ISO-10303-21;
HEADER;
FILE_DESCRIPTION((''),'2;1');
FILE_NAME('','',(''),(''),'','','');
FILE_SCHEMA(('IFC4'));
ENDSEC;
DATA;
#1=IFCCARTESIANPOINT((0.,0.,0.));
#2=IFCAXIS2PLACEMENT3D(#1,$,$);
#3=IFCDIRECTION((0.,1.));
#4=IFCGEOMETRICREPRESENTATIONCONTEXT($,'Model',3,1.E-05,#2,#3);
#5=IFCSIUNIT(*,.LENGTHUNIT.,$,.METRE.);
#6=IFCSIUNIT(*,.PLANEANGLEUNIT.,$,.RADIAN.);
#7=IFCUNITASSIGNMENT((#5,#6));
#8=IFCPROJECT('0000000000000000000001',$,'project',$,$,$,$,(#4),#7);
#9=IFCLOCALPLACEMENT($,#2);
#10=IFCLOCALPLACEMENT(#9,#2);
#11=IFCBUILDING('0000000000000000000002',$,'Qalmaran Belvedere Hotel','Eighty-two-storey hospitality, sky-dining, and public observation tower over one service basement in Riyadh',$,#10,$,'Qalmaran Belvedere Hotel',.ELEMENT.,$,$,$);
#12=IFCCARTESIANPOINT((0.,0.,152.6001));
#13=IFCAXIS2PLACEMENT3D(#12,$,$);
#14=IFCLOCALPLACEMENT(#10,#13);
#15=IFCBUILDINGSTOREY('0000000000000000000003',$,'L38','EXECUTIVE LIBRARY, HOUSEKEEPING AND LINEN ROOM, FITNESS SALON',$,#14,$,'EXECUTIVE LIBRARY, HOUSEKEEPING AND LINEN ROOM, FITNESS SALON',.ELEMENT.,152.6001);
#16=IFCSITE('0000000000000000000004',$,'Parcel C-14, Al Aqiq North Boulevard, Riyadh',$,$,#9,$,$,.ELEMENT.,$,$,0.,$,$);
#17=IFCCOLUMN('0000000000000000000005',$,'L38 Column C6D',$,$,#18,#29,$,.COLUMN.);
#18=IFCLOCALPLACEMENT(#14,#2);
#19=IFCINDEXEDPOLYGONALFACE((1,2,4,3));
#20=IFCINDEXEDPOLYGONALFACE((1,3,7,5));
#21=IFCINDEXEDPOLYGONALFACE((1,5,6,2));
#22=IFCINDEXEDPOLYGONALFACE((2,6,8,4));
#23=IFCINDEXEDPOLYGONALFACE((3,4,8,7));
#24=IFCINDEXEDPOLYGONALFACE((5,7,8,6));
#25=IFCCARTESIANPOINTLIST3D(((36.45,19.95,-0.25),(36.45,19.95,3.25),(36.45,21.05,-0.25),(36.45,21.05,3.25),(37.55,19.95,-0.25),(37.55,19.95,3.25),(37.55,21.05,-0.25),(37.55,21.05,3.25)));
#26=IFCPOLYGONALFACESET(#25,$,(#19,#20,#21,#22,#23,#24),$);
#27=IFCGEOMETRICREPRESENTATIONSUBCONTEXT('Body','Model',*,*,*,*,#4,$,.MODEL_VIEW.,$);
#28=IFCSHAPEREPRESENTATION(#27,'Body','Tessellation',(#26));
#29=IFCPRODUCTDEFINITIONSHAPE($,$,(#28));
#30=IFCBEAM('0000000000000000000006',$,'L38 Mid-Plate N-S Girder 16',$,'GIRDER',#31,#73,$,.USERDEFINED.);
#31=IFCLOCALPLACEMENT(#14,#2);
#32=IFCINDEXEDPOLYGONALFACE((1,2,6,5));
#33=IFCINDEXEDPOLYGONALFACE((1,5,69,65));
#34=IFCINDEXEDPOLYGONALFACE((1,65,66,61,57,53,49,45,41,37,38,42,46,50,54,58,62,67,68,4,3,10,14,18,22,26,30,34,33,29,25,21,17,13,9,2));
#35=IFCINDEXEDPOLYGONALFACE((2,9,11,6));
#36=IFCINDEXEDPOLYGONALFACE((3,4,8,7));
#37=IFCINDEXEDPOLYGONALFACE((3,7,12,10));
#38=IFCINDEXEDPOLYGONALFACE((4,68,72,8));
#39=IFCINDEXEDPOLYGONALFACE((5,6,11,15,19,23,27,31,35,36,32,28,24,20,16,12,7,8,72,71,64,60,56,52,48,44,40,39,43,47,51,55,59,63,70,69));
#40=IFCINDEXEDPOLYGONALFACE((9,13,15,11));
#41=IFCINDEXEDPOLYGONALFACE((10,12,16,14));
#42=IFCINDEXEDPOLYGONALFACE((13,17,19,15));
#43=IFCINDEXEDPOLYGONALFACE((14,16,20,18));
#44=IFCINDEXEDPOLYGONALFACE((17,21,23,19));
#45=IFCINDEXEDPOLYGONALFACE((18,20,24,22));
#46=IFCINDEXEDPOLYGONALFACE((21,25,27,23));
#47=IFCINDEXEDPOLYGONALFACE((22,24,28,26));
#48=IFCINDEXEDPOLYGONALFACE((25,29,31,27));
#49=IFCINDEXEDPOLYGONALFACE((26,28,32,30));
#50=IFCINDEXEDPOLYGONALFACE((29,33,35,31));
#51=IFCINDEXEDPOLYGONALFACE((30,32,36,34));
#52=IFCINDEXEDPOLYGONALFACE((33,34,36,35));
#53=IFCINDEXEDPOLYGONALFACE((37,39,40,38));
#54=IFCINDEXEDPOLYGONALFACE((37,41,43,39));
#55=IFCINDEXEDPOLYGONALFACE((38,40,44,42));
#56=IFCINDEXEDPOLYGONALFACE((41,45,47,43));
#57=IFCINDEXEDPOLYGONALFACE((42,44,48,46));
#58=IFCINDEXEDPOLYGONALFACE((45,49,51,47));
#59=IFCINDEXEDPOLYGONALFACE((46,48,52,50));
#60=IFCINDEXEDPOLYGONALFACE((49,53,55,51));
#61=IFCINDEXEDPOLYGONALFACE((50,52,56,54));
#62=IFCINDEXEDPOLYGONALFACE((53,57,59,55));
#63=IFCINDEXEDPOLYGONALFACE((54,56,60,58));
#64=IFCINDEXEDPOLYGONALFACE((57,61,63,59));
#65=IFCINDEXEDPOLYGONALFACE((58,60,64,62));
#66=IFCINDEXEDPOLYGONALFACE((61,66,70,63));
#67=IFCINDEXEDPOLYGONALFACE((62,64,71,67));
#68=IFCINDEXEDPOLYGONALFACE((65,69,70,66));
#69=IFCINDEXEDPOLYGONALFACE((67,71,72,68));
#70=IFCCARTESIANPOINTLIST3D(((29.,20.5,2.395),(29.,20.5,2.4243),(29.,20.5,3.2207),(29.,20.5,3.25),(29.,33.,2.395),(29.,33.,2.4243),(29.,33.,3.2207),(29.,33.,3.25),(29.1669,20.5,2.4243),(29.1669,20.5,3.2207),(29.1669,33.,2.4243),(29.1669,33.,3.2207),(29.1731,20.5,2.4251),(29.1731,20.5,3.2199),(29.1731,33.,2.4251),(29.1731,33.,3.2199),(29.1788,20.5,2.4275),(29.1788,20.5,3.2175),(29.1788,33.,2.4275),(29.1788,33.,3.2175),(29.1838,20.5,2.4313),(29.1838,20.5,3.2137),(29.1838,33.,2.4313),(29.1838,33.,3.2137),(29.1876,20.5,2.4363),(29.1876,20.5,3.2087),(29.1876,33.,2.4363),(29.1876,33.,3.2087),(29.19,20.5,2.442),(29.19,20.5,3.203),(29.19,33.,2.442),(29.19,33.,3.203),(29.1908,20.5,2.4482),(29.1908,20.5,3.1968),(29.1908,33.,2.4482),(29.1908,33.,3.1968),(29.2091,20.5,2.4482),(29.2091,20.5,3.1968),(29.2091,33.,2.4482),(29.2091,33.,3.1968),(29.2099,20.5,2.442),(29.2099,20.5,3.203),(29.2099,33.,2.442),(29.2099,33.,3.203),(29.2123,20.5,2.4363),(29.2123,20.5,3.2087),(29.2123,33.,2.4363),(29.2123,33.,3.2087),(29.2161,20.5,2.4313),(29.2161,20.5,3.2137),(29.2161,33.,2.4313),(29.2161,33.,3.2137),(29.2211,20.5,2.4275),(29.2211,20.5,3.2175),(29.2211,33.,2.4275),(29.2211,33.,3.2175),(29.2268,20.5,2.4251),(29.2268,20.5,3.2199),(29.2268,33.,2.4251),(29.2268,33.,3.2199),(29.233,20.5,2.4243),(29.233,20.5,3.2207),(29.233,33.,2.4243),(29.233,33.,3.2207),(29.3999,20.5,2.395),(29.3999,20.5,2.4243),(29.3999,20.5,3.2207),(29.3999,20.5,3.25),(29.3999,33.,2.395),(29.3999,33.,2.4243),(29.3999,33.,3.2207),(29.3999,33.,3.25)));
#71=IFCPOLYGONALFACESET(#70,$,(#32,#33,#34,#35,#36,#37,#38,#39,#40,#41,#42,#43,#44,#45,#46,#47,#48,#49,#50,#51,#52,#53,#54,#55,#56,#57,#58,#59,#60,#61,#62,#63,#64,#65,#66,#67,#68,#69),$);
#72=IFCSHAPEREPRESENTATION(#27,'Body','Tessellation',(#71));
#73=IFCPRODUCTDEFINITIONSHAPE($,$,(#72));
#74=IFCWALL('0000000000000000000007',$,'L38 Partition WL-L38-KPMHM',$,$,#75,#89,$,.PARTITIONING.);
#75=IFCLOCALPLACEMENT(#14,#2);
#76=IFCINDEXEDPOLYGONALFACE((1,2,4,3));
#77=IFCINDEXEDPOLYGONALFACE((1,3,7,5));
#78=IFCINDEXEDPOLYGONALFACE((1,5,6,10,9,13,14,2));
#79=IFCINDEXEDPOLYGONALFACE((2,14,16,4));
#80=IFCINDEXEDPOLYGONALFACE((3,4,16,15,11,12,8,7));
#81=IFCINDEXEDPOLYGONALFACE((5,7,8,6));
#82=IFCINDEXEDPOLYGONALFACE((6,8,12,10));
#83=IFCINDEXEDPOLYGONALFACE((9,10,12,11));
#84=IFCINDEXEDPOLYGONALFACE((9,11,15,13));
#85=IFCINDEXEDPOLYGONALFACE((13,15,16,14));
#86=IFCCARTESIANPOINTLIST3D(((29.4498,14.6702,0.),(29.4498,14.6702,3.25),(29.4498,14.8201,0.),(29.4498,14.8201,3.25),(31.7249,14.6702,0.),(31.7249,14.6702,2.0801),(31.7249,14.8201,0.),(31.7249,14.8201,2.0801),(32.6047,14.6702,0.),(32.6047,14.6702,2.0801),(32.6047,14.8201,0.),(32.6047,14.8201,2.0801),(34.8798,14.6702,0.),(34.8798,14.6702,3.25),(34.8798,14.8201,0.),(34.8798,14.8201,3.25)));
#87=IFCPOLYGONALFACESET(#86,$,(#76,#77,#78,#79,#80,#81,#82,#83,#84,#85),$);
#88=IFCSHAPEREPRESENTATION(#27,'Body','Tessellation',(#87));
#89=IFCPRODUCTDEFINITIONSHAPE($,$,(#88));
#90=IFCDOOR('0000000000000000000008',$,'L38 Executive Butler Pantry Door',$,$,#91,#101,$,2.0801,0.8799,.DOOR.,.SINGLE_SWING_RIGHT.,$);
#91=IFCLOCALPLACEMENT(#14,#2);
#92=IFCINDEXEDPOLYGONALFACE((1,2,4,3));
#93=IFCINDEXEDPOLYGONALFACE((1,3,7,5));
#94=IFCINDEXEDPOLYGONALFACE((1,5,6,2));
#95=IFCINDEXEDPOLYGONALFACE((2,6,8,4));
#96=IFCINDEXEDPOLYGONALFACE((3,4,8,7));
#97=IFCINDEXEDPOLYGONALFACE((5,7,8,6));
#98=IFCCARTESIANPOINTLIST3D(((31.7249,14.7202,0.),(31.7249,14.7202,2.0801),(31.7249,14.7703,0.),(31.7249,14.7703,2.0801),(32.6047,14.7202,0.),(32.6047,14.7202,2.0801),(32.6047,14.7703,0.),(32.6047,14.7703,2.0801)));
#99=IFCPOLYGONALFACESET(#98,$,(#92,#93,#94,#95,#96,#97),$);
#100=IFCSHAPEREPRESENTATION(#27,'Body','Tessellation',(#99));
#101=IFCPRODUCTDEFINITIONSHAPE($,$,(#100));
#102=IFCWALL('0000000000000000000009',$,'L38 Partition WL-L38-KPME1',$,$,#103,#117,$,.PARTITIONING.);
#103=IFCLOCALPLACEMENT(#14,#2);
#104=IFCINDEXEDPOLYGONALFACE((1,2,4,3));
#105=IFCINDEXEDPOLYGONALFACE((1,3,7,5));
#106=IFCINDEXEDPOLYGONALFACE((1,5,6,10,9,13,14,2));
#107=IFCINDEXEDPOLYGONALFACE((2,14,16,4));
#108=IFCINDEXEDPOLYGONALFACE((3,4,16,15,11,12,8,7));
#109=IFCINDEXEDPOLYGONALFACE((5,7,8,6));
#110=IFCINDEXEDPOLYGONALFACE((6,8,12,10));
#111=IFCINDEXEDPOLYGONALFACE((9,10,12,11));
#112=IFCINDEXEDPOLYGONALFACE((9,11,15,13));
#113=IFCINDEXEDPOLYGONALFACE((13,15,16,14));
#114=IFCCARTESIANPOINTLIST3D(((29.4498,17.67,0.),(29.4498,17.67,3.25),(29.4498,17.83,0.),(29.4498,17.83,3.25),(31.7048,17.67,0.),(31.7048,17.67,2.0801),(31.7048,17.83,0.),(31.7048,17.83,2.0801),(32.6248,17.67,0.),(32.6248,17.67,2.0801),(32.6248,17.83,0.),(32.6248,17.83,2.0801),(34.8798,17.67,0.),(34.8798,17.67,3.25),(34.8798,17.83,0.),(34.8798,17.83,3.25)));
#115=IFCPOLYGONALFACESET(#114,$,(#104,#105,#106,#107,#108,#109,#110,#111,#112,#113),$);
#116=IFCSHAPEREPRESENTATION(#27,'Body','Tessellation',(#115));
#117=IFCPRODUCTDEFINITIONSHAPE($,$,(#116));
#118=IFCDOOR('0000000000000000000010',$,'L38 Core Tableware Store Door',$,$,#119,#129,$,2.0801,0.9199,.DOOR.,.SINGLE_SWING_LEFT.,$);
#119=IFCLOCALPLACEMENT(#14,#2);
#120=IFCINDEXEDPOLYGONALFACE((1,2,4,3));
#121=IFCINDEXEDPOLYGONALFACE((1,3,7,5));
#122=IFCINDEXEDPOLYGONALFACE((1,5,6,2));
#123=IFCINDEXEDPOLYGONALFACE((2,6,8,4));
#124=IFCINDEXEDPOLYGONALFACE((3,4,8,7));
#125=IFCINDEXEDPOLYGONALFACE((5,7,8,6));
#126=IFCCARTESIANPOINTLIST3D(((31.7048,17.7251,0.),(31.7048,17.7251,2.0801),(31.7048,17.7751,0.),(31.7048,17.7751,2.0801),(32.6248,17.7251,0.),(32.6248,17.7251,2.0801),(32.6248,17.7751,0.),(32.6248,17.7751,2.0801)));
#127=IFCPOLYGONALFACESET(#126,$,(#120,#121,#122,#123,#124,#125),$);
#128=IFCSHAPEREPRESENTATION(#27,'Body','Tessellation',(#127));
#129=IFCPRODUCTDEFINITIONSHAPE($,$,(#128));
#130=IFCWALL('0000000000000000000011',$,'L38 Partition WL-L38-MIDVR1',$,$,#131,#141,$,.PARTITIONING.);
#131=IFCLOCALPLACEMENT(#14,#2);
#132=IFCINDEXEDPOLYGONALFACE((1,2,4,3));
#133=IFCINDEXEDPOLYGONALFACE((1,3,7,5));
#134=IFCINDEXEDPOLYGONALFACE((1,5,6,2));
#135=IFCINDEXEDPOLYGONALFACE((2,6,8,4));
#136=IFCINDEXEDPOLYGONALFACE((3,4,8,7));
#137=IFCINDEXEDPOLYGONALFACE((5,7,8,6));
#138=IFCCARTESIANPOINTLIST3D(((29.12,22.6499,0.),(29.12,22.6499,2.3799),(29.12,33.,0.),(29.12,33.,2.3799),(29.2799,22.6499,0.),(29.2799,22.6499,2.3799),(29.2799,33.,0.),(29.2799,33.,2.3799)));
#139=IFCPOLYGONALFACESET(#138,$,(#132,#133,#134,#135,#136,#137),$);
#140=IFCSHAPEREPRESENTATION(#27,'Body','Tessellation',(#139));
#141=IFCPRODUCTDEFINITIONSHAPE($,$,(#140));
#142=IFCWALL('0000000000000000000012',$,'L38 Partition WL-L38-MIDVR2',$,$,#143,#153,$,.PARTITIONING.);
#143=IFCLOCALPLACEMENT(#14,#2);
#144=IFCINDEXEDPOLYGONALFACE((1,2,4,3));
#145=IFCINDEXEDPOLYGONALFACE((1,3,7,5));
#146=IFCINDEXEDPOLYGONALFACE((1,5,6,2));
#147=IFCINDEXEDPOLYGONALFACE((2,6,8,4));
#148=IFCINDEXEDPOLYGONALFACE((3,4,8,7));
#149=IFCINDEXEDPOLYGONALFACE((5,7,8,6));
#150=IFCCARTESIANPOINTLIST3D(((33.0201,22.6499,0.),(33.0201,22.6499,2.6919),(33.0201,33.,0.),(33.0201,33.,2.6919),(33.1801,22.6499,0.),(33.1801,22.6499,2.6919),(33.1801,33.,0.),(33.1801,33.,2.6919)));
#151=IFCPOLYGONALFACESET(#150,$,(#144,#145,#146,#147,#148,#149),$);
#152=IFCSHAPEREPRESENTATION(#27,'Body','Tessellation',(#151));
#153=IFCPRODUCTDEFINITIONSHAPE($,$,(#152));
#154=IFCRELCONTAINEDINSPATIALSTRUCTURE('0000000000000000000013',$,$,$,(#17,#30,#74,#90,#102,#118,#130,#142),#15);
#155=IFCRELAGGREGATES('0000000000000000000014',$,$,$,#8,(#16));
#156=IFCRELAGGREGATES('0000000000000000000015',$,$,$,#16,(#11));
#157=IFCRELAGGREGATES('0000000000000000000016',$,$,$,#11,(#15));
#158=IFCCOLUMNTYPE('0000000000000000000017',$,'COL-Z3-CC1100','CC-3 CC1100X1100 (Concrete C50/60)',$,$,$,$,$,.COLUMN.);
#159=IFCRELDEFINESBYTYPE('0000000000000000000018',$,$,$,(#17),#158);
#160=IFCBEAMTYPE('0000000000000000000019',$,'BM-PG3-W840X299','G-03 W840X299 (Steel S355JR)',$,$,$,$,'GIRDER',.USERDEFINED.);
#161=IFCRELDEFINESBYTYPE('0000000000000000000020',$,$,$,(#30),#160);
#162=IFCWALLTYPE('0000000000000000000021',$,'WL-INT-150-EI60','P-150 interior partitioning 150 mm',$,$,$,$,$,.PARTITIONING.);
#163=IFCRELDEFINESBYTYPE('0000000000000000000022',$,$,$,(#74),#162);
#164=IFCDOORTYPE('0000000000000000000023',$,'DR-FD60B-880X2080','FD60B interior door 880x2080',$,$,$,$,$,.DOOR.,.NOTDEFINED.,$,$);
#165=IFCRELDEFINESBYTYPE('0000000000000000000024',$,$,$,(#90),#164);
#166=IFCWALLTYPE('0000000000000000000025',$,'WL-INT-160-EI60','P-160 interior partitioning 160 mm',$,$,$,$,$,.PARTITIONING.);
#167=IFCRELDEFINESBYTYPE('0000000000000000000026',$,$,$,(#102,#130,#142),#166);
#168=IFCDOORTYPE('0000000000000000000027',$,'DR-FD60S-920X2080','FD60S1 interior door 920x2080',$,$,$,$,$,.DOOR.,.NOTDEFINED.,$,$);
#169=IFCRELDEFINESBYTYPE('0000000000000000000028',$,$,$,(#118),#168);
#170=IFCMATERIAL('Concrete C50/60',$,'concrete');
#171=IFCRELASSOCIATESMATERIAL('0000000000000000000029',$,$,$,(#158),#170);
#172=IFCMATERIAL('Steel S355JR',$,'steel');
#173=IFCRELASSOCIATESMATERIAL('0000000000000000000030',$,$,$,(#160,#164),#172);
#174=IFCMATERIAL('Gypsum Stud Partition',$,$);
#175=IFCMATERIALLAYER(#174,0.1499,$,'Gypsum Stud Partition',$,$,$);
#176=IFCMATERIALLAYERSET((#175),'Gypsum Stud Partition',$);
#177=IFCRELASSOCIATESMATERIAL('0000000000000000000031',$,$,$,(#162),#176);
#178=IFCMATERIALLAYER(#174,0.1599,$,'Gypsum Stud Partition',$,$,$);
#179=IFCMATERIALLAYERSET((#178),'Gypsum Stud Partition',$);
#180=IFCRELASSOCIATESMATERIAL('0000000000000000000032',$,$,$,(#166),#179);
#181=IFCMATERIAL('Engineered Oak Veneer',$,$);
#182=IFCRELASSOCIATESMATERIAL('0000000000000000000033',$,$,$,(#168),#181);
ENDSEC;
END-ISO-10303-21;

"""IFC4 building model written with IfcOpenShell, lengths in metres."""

from ifc_helpers import new_model, si_unit, direction, frame, frame_2d, origin, origin_2d, place, context, subcontext, project, spatial, rectangle, i_section, extrude, material, layer, layer_set, material_profile, profile_set, type_object, element, fill, save


model = new_model("IFC4")

# Units and contexts
model_context = context("Model", 3, precision=1e-05, world=origin(), true_north=direction((0.0, 1.0)))
body_context = subcontext(model_context, "Body", "Model", "MODEL_VIEW")
ifc_project = project(units=[si_unit("LENGTHUNIT", "METRE"), si_unit("PLANEANGLEUNIT", "RADIAN")], contexts=[model_context])

# Site, building, storey
site_placement = place(None, origin())
site = spatial("IfcSite", under=ifc_project, at=site_placement, Name="Parcel C-14, Al Aqiq North Boulevard, Riyadh", CompositionType="ELEMENT", RefElevation=0.0)
building_placement = place(site_placement, origin())
building = spatial("IfcBuilding", under=site, at=building_placement, Name="Qalmaran Belvedere Hotel", Description="Eighty-two-storey hospitality, sky-dining, and public observation tower over one service basement in Riyadh", LongName="Qalmaran Belvedere Hotel", CompositionType="ELEMENT")
storey_placement = place(building_placement, frame((0.0, 0.0, 152.6001)))
storey = spatial("IfcBuildingStorey", under=building, at=storey_placement, Name="L38", Description="EXECUTIVE LIBRARY, HOUSEKEEPING AND LINEN ROOM, FITNESS SALON", LongName="EXECUTIVE LIBRARY, HOUSEKEEPING AND LINEN ROOM, FITNESS SALON", CompositionType="ELEMENT", Elevation=152.6001)

# Column
ifc_material_1 = material(Name="Concrete C50/60", Category="concrete")
ifc_material_profile_1 = material_profile(ifc_material_1, rectangle(XDim=1.1001, YDim=1.1001, at=origin_2d()), Name="CC1100X1100")
ifc_profile_set_1 = profile_set([ifc_material_profile_1], Name="Concrete C50/60")
column_type = type_object("IfcColumnType", Name="COL-Z3-CC1100", Description="CC-3 CC1100X1100 (Concrete C50/60)", PredefinedType="COLUMN", material=ifc_profile_set_1)
column_placement = place(storey_placement, frame((37.0, 20.5, -0.25), z_axis=(0.0, 0.0, 1.0), x_axis=(1.0, 0.0, 0.0)))
element("IfcColumn", 1, at=column_placement, inside=storey, type_object=column_type, Name="L38 Column C6D", PredefinedType="COLUMN", context=body_context, shape_type="SweptSolid", body=[
    extrude(rectangle(XDim=1.1001, YDim=1.1001, at=origin_2d()), origin(), (0.0, 0.0, 1.0), 3.5),
])

# Beam
ifc_material_2 = material(Name="Steel S355JR", Category="steel")
ifc_material_profile_2 = material_profile(ifc_material_2, i_section(OverallWidth=0.3999, OverallDepth=0.855, WebThickness=0.0183, FlangeThickness=0.0293, FilletRadius=0.0239, at=origin_2d()), Name="W840X299")
ifc_profile_set_2 = profile_set([ifc_material_profile_2], Name="Steel S355JR")
beam_type = type_object("IfcBeamType", Name="BM-PG3-W840X299", Description="G-03 W840X299 (Steel S355JR)", ElementType="GIRDER", PredefinedType="USERDEFINED", material=ifc_profile_set_2)
beam_placement = place(storey_placement, frame((29.2, 20.5, 2.8225), z_axis=(0.0, 1.0, 0.0), x_axis=(-1.0, 0.0, 0.0)))
element("IfcBeam", 2, at=beam_placement, inside=storey, type_object=beam_type, Name="L38 Mid-Plate N-S Girder 16", ObjectType="GIRDER", PredefinedType="USERDEFINED", context=body_context, shape_type="SweptSolid", body=[
    extrude(i_section(OverallWidth=0.3999, OverallDepth=0.855, WebThickness=0.0183, FlangeThickness=0.0293, FilletRadius=0.0239, at=origin_2d()), origin(), (0.0, 0.0, 1.0), 12.5),
])

# Walls, openings, doors
ifc_material_3 = material(Name="Gypsum Stud Partition")
ifc_layer_1 = layer(ifc_material_3, 0.1499, Name="Gypsum Stud Partition")
ifc_layer_set_1 = layer_set([ifc_layer_1], Name="Gypsum Stud Partition")
wall_type_1 = type_object("IfcWallType", Name="WL-INT-150-EI60", Description="P-150 interior partitioning 150 mm", PredefinedType="PARTITIONING", material=ifc_layer_set_1)
wall_1_placement = place(storey_placement, frame((29.45, 14.7451, 0.0), z_axis=(0.0, 0.0, 1.0), x_axis=(1.0, 0.0, 0.0)))
wall_1 = element("IfcWall", 3, at=wall_1_placement, inside=storey, type_object=wall_type_1, Name="L38 Partition WL-L38-KPMHM", PredefinedType="PARTITIONING", context=body_context, shape_type="SweptSolid", body=[
    extrude(rectangle(XDim=5.4299, YDim=0.1499, at=frame_2d((2.7148, 0.0))), origin(), (0.0, 0.0, 1.0), 3.25),
])
opening_1_placement = place(wall_1_placement, frame((3.1548, 0.0, 0.0), z_axis=(0.0, 0.0, 1.0), x_axis=(-1.0, 0.0, 0.0)))
opening_1 = element("IfcOpeningElement", 4, at=opening_1_placement, cuts=wall_1, PredefinedType="OPENING", context=body_context, shape_type="SweptSolid", body=[
    extrude(rectangle(XDim=0.8799, YDim=2.0801, at=frame_2d((0.4399, 1.04))), frame((0.0, 0.085, 0.0), z_axis=(0.0, -1.0, 0.0), x_axis=(1.0, 0.0, 0.0)), (0.0, 0.0, 1.0), 0.1699),
])
door_type_1 = type_object("IfcDoorType", Name="DR-FD60B-880X2080", Description="FD60B interior door 880x2080", OperationType="NOTDEFINED", PredefinedType="DOOR", material=ifc_material_2)
door_1_placement = place(opening_1_placement, origin())
door_1 = element("IfcDoor", 5, at=door_1_placement, inside=storey, type_object=door_type_1, Name="L38 Executive Butler Pantry Door", OperationType="SINGLE_SWING_RIGHT", OverallHeight=2.0801, OverallWidth=0.8799, PredefinedType="DOOR", context=body_context, shape_type="SweptSolid", body=[
    extrude(rectangle(XDim=0.8799, YDim=2.0801, at=frame_2d((0.4399, 1.04))), frame((0.0, 0.0249, 0.0), z_axis=(0.0, -1.0, 0.0), x_axis=(1.0, 0.0, 0.0)), (0.0, 0.0, 1.0), 0.05),
])
fill(opening_1, door_1)
ifc_layer_2 = layer(ifc_material_3, 0.1599, Name="Gypsum Stud Partition")
ifc_layer_set_2 = layer_set([ifc_layer_2], Name="Gypsum Stud Partition")
wall_type_2 = type_object("IfcWallType", Name="WL-INT-160-EI60", Description="P-160 interior partitioning 160 mm", PredefinedType="PARTITIONING", material=ifc_layer_set_2)
wall_2_placement = place(storey_placement, frame((29.45, 17.75, 0.0), z_axis=(0.0, 0.0, 1.0), x_axis=(1.0, 0.0, 0.0)))
wall_2 = element("IfcWall", 6, at=wall_2_placement, inside=storey, type_object=wall_type_2, Name="L38 Partition WL-L38-KPME1", PredefinedType="PARTITIONING", context=body_context, shape_type="SweptSolid", body=[
    extrude(rectangle(XDim=5.4299, YDim=0.1599, at=frame_2d((2.7148, 0.0))), origin(), (0.0, 0.0, 1.0), 3.25),
])
opening_2_placement = place(wall_2_placement, frame((3.1748, 0.0, 0.0), z_axis=(0.0, 0.0, 1.0), x_axis=(-1.0, 0.0, 0.0)))
opening_2 = element("IfcOpeningElement", 7, at=opening_2_placement, cuts=wall_2, PredefinedType="OPENING", context=body_context, shape_type="SweptSolid", body=[
    extrude(rectangle(XDim=0.9199, YDim=2.0801, at=frame_2d((0.46, 1.04))), frame((0.0, 0.0898, 0.0), z_axis=(0.0, -1.0, 0.0), x_axis=(1.0, 0.0, 0.0)), (0.0, 0.0, 1.0), 0.1799),
])
ifc_material_4 = material(Name="Engineered Oak Veneer")
door_type_2 = type_object("IfcDoorType", Name="DR-FD60S-920X2080", Description="FD60S1 interior door 920x2080", OperationType="NOTDEFINED", PredefinedType="DOOR", material=ifc_material_4)
door_2_placement = place(opening_2_placement, origin())
door_2 = element("IfcDoor", 8, at=door_2_placement, inside=storey, type_object=door_type_2, Name="L38 Core Tableware Store Door", OperationType="SINGLE_SWING_LEFT", OverallHeight=2.0801, OverallWidth=0.9199, PredefinedType="DOOR", context=body_context, shape_type="SweptSolid", body=[
    extrude(rectangle(XDim=0.9199, YDim=2.0801, at=frame_2d((0.46, 1.04))), frame((0.0, 0.0249, 0.0), z_axis=(0.0, -1.0, 0.0), x_axis=(1.0, 0.0, 0.0)), (0.0, 0.0, 1.0), 0.05),
])
fill(opening_2, door_2)

# Walls
wall_3_placement = place(storey_placement, frame((29.2, 22.6499, 0.0), z_axis=(0.0, 0.0, 1.0), x_axis=(0.0, 1.0, 0.0)))
element("IfcWall", 9, at=wall_3_placement, inside=storey, type_object=wall_type_2, Name="L38 Partition WL-L38-MIDVR1", PredefinedType="PARTITIONING", context=body_context, shape_type="SweptSolid", body=[
    extrude(rectangle(XDim=10.3501, YDim=0.1599, at=frame_2d((5.175, 0.0))), origin(), (0.0, 0.0, 1.0), 2.3799),
])
wall_4_placement = place(storey_placement, frame((33.1001, 22.6499, 0.0), z_axis=(0.0, 0.0, 1.0), x_axis=(0.0, 1.0, 0.0)))
element("IfcWall", 10, at=wall_4_placement, inside=storey, type_object=wall_type_2, Name="L38 Partition WL-L38-MIDVR2", PredefinedType="PARTITIONING", context=body_context, shape_type="SweptSolid", body=[
    extrude(rectangle(XDim=10.3501, YDim=0.1599, at=frame_2d((5.175, 0.0))), origin(), (0.0, 0.0, 1.0), 2.6919),
])

save(model, "model.ifc")
